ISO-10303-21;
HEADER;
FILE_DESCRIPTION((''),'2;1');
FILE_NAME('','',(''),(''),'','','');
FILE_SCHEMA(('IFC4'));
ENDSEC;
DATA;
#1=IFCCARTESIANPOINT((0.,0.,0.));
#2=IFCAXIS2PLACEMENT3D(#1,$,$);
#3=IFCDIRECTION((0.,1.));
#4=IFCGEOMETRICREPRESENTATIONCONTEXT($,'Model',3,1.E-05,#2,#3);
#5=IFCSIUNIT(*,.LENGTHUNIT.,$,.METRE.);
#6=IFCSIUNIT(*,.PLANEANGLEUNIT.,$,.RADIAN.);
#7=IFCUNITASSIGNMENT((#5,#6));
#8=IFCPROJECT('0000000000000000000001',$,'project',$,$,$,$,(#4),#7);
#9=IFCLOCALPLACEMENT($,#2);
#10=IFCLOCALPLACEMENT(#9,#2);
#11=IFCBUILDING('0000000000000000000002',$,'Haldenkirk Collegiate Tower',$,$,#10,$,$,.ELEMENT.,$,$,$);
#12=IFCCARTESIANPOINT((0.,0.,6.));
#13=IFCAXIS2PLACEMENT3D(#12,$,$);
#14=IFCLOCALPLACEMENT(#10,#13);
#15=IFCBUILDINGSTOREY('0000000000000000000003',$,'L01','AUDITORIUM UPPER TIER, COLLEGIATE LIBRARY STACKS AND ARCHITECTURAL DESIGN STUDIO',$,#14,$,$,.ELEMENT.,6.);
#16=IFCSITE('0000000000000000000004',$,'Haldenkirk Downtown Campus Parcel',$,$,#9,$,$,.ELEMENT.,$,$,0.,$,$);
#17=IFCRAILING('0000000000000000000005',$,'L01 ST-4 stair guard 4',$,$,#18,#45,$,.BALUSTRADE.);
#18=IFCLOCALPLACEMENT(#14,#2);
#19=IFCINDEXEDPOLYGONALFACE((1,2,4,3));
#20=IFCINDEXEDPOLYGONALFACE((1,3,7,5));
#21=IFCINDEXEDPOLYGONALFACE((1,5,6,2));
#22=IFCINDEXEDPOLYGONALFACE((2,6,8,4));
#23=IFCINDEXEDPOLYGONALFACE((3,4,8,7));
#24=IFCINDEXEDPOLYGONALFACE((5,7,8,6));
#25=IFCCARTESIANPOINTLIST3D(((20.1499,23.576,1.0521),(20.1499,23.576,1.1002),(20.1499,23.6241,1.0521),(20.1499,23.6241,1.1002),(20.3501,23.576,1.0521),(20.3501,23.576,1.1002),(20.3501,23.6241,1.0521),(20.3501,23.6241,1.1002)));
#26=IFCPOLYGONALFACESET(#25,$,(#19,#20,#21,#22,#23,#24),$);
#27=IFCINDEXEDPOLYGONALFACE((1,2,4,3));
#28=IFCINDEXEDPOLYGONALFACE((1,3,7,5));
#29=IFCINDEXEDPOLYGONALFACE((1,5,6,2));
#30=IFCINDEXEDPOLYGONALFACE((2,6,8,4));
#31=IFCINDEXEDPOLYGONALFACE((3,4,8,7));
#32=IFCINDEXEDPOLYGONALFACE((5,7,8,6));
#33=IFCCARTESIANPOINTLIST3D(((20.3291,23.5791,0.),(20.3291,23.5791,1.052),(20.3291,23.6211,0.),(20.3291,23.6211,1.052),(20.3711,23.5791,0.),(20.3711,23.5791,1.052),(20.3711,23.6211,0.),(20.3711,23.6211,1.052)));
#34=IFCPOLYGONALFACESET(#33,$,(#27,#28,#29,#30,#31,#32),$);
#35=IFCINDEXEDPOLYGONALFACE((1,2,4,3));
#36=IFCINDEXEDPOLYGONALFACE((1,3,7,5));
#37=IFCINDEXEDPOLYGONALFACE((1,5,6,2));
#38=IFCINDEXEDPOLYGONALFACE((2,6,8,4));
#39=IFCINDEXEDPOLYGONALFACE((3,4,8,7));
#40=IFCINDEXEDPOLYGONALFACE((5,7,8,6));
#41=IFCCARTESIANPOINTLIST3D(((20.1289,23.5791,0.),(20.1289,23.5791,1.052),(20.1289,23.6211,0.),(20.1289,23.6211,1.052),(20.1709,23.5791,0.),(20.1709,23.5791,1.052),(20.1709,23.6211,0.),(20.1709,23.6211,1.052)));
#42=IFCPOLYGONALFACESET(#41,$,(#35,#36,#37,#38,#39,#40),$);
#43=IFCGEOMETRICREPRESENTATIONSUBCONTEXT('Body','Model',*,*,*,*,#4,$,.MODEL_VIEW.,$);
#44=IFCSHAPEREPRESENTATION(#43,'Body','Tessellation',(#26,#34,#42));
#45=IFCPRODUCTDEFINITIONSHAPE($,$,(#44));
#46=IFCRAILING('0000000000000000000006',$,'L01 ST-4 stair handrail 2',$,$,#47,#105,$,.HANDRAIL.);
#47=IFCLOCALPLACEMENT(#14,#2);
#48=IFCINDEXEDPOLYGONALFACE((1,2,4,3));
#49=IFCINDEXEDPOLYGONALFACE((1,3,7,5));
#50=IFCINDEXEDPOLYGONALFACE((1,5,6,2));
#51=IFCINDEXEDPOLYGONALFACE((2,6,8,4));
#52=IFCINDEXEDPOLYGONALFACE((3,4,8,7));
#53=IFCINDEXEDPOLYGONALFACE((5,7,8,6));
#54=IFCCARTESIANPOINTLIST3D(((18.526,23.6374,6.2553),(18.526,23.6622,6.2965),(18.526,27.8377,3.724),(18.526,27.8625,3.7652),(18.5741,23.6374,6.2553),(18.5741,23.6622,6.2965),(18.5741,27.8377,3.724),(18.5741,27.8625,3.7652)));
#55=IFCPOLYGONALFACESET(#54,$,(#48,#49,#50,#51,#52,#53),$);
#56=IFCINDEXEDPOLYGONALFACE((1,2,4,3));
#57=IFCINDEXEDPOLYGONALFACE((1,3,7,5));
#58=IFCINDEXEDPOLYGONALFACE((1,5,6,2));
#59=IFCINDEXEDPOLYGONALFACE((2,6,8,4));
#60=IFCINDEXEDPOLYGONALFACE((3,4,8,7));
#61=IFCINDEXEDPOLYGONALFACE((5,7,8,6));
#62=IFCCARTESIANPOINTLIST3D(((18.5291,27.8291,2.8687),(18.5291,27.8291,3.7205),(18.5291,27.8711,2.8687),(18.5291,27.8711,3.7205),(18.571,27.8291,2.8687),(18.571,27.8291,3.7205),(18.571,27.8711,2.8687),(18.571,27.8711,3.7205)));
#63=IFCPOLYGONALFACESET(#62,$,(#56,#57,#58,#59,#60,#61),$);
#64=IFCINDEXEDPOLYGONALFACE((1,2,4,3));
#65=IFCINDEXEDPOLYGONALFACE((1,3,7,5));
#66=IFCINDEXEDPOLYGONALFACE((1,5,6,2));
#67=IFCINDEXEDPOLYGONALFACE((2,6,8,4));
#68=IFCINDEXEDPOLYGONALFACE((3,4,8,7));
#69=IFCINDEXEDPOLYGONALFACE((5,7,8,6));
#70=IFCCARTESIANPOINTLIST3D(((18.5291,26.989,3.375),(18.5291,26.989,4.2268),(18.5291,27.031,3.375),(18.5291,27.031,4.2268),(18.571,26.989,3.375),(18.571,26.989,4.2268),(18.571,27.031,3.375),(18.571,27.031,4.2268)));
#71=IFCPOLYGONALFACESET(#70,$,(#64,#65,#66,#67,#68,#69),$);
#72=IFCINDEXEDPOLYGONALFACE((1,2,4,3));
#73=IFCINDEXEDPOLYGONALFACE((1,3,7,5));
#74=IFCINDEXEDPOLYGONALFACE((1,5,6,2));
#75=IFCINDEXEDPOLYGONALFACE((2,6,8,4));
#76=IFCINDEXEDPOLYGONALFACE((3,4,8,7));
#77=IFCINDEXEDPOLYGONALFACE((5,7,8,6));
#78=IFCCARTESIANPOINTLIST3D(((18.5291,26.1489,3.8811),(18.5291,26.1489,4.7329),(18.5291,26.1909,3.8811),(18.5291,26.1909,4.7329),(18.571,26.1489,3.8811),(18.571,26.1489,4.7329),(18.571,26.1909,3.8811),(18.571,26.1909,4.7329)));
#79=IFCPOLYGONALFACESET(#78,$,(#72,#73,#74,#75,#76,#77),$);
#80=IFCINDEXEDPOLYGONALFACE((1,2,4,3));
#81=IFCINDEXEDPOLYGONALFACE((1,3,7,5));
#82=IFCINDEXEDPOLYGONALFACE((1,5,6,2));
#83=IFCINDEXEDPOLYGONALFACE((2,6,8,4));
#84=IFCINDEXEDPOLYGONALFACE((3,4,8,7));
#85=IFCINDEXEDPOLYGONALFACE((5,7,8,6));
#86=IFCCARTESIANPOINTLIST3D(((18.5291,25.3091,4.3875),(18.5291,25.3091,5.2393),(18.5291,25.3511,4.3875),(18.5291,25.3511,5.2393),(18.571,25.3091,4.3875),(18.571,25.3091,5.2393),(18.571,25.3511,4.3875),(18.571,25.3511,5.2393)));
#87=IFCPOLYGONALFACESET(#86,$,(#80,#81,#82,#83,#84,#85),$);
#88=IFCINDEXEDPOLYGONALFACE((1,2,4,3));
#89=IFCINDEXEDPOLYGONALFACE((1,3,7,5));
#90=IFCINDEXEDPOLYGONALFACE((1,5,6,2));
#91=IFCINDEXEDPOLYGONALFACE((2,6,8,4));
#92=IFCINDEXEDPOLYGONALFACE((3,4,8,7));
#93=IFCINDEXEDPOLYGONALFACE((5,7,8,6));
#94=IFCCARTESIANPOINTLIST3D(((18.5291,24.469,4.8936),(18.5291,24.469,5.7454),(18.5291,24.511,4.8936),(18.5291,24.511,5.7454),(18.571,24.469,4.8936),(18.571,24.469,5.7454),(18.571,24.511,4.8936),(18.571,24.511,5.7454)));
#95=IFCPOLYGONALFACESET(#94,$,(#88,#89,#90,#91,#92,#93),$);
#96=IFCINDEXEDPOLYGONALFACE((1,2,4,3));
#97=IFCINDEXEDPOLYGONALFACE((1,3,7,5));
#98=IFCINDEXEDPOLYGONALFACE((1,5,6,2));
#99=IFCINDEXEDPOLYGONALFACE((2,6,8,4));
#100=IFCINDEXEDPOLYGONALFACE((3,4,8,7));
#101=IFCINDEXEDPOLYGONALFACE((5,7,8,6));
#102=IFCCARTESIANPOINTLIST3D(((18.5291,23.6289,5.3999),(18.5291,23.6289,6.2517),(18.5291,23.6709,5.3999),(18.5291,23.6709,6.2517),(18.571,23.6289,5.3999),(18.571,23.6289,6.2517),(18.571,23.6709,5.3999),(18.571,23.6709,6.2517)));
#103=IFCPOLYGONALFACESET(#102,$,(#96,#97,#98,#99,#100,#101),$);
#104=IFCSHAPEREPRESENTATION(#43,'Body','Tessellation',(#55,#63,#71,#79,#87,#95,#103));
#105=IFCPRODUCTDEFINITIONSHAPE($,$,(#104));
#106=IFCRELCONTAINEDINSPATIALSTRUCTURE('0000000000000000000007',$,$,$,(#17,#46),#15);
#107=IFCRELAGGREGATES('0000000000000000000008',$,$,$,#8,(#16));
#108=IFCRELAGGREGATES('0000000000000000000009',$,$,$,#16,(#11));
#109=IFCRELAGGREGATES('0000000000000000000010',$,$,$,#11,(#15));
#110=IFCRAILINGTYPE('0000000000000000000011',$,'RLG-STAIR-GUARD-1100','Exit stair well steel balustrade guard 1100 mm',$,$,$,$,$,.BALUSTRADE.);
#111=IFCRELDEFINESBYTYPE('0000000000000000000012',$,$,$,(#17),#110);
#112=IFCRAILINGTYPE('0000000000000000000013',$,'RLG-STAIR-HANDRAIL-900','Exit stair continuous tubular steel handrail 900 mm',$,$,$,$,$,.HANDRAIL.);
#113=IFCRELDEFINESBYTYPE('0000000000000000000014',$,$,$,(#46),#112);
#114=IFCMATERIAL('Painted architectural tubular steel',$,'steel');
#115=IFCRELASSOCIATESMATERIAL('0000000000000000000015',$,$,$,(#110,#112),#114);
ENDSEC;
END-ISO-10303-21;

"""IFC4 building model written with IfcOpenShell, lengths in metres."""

from ifc_helpers import new_model, si_unit, direction, frame, origin, origin_2d, place, context, subcontext, project, spatial, rectangle, extrude, material, type_object, element, save


model = new_model("IFC4")

# Units and contexts
model_context = context("Model", 3, precision=1e-05, world=origin(), true_north=direction((0.0, 1.0)))
body_context = subcontext(model_context, "Body", "Model", "MODEL_VIEW")
ifc_project = project(units=[si_unit("LENGTHUNIT", "METRE"), si_unit("PLANEANGLEUNIT", "RADIAN")], contexts=[model_context])

# Site, building, storey
site_placement = place(None, origin())
site = spatial("IfcSite", under=ifc_project, at=site_placement, Name="Haldenkirk Downtown Campus Parcel", CompositionType="ELEMENT", RefElevation=0.0)
building_placement = place(site_placement, origin())
building = spatial("IfcBuilding", under=site, at=building_placement, Name="Haldenkirk Collegiate Tower", CompositionType="ELEMENT")
storey_placement = place(building_placement, frame((0.0, 0.0, 6.0)))
storey = spatial("IfcBuildingStorey", under=building, at=storey_placement, Name="L01", Description="AUDITORIUM UPPER TIER, COLLEGIATE LIBRARY STACKS AND ARCHITECTURAL DESIGN STUDIO", CompositionType="ELEMENT", Elevation=6.0)

# Railings
ifc_material_1 = material(Name="Painted architectural tubular steel", Category="steel")
railing_type_1 = type_object("IfcRailingType", Name="RLG-STAIR-GUARD-1100", Description="Exit stair well steel balustrade guard 1100 mm", PredefinedType="BALUSTRADE", material=ifc_material_1)
railing_1_placement = place(storey_placement, frame((20.3501, 23.6001, 0.0)))
element("IfcRailing", 1, at=railing_1_placement, inside=storey, type_object=railing_type_1, Name="L01 ST-4 stair guard 4", PredefinedType="BALUSTRADE", context=body_context, shape_type="SweptSolid", body=[
    extrude(rectangle(XDim=0.0481, YDim=0.0481, at=origin_2d()), frame((0.0, 0.0, 1.0762), z_axis=(-1.0, 0.0, 0.0), x_axis=(0.0, -1.0, 0.0)), (0.0, 0.0, 1.0), 0.2002),
    extrude(rectangle(XDim=0.042, YDim=0.042, at=origin_2d()), origin(), (0.0, 0.0, 1.0), 1.052),
    extrude(rectangle(XDim=0.042, YDim=0.042, at=origin_2d()), frame((-0.2002, 0.0, 0.0)), (0.0, 0.0, 1.0), 1.052),
])
railing_type_2 = type_object("IfcRailingType", Name="RLG-STAIR-HANDRAIL-900", Description="Exit stair continuous tubular steel handrail 900 mm", PredefinedType="HANDRAIL", material=ifc_material_1)
railing_2_placement = place(storey_placement, frame((18.55, 27.8501, 2.8687)))
element("IfcRailing", 2, at=railing_2_placement, inside=storey, type_object=railing_type_2, Name="L01 ST-4 stair handrail 2", PredefinedType="HANDRAIL", context=body_context, shape_type="SweptSolid", body=[
    extrude(rectangle(XDim=0.0481, YDim=0.0481, at=origin_2d()), frame((0.0, 0.0, 0.876), z_axis=(0.0, -0.85649, 0.516164), x_axis=(1.0, 0.0, 0.0)), (0.0, 0.0, 1.0), 4.9041),
    extrude(rectangle(XDim=0.042, YDim=0.042, at=origin_2d()), origin(), (0.0, 0.0, 1.0), 0.8518),
    extrude(rectangle(XDim=0.042, YDim=0.042, at=origin_2d()), frame((0.0, -0.8401, 0.5063)), (0.0, 0.0, 1.0), 0.8518),
    extrude(rectangle(XDim=0.042, YDim=0.042, at=origin_2d()), frame((0.0, -1.6802, 1.0125)), (0.0, 0.0, 1.0), 0.8518),
    extrude(rectangle(XDim=0.042, YDim=0.042, at=origin_2d()), frame((0.0, -2.52, 1.5188)), (0.0, 0.0, 1.0), 0.8518),
    extrude(rectangle(XDim=0.042, YDim=0.042, at=origin_2d()), frame((0.0, -3.3601, 2.0249)), (0.0, 0.0, 1.0), 0.8518),
    extrude(rectangle(XDim=0.042, YDim=0.042, at=origin_2d()), frame((0.0, -4.2002, 2.5312)), (0.0, 0.0, 1.0), 0.8518),
])

save(model, "model.ifc")
